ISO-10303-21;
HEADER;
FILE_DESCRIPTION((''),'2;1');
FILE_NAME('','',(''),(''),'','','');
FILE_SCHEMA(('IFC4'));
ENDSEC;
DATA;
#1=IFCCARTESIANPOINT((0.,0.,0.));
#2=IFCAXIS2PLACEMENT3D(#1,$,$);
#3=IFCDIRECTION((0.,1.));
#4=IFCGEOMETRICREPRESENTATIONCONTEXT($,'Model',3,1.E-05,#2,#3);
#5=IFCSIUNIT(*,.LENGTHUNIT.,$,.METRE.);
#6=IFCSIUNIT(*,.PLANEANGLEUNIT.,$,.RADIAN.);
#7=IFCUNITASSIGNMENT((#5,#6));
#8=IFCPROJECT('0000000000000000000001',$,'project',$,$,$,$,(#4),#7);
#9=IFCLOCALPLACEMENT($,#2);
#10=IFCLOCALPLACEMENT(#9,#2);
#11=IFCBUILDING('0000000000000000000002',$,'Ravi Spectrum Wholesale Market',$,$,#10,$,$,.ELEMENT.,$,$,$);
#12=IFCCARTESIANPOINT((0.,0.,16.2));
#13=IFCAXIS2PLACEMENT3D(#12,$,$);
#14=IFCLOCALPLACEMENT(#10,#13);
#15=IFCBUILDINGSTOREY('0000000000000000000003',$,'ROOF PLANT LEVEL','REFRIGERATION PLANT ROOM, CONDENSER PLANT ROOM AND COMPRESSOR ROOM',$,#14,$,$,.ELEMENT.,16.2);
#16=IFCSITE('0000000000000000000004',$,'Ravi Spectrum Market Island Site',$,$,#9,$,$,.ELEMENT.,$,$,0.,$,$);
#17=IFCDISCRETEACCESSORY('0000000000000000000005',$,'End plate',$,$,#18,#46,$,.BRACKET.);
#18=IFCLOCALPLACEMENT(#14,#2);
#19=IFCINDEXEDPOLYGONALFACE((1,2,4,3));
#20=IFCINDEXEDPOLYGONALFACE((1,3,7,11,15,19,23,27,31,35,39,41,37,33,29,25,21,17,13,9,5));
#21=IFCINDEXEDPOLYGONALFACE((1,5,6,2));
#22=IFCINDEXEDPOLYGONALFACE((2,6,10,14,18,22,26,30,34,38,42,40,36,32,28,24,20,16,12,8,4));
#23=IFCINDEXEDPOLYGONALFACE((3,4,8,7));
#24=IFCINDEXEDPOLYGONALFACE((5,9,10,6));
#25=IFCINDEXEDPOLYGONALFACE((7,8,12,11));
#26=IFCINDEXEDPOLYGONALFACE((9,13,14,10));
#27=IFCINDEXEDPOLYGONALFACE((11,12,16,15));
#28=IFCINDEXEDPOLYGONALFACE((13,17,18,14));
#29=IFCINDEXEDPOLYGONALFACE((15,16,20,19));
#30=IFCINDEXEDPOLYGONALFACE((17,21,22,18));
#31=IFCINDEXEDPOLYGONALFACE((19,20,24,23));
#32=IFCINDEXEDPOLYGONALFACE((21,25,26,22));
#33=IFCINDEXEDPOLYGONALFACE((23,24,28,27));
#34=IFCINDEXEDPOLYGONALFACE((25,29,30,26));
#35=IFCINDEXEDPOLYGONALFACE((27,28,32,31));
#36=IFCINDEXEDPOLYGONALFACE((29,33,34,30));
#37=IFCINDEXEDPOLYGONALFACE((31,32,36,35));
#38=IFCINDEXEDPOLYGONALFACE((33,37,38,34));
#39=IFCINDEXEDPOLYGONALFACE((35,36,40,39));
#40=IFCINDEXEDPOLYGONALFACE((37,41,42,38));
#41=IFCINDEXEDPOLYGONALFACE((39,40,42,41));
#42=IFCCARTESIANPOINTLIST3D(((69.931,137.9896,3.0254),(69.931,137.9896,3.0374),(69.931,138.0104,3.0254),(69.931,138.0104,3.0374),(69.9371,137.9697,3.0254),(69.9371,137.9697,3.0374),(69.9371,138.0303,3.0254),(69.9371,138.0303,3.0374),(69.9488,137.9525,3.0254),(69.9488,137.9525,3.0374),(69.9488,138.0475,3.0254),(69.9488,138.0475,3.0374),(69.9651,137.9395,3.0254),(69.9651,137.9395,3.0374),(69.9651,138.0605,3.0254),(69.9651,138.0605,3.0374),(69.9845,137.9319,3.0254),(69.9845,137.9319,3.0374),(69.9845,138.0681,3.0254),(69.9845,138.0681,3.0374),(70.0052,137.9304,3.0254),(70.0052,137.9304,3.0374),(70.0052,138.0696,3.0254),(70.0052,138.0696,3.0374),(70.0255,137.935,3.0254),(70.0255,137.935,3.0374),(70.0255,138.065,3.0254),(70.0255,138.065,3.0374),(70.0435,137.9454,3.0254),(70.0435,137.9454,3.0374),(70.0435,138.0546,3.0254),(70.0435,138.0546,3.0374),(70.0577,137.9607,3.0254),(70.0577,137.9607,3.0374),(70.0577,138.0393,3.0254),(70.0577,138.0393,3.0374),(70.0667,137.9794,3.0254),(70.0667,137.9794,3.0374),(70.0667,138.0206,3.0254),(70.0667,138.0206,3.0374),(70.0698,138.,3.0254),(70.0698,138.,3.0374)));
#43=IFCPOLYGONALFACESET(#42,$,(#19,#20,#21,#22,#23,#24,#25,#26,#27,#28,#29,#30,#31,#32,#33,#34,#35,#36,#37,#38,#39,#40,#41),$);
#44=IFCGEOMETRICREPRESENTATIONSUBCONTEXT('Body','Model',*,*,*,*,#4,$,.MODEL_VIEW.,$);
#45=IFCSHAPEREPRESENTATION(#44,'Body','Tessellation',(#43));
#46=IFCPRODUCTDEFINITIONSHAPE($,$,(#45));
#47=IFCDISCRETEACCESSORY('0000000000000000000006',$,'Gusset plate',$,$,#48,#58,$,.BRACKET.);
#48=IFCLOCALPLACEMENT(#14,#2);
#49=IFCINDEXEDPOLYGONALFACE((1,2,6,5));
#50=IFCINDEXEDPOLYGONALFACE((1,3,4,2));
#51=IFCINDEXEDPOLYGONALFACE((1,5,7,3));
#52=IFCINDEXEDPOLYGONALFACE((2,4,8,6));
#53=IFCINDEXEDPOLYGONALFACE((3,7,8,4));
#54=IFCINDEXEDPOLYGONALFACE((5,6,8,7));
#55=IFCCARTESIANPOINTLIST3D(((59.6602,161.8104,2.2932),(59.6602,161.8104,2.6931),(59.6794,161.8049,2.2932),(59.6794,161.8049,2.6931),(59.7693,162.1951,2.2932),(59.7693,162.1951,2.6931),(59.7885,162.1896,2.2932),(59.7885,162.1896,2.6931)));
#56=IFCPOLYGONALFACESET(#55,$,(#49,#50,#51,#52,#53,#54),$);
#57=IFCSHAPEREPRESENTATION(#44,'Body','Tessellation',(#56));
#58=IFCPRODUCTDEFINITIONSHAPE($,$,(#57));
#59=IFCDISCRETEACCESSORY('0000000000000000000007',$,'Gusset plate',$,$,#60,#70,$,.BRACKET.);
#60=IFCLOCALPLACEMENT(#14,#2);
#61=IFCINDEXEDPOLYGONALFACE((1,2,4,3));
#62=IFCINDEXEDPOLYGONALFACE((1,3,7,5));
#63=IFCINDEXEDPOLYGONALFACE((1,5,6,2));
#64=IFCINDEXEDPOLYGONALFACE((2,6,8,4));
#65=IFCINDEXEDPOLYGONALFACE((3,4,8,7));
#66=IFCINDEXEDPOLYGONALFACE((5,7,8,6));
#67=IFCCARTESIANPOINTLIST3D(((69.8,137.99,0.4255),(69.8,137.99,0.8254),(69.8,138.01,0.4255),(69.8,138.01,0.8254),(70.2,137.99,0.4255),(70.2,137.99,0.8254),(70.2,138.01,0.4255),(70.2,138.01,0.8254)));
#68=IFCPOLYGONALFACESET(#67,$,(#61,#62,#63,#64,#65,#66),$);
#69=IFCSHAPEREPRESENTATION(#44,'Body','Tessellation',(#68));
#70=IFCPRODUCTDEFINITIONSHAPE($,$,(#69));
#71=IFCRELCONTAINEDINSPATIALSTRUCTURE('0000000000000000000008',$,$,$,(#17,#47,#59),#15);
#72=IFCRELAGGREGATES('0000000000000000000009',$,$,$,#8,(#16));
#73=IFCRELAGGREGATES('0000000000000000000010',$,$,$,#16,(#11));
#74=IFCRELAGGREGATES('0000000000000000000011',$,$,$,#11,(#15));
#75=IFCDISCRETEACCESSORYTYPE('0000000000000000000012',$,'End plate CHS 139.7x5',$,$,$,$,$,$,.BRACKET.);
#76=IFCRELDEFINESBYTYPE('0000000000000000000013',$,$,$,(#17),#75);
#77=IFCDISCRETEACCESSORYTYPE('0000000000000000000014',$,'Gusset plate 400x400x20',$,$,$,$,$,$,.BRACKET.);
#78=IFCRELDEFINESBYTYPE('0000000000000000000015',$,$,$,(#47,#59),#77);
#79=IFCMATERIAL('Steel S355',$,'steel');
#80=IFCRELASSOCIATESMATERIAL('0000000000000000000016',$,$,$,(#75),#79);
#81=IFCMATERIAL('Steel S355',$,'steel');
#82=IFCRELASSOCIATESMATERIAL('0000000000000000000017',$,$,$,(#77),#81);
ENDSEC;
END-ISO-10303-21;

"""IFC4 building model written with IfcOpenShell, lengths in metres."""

from ifc_helpers import new_model, si_unit, direction, frame, origin, origin_2d, place, context, subcontext, project, spatial, rectangle, circle, extrude, material, material_profile, profile_set, type_object, element, save


model = new_model("IFC4")

# Units and contexts
model_context = context("Model", 3, precision=1e-05, world=origin(), true_north=direction((0.0, 1.0)))
body_context = subcontext(model_context, "Body", "Model", "MODEL_VIEW")
ifc_project = project(units=[si_unit("LENGTHUNIT", "METRE"), si_unit("PLANEANGLEUNIT", "RADIAN")], contexts=[model_context])

# Site, building, storey
site_placement = place(None, origin())
site = spatial("IfcSite", under=ifc_project, at=site_placement, Name="Ravi Spectrum Market Island Site", CompositionType="ELEMENT", RefElevation=0.0)
building_placement = place(site_placement, origin())
building = spatial("IfcBuilding", under=site, at=building_placement, Name="Ravi Spectrum Wholesale Market", CompositionType="ELEMENT")
storey_placement = place(building_placement, frame((0.0, 0.0, 16.2)))
storey = spatial("IfcBuildingStorey", under=building, at=storey_placement, Name="ROOF PLANT LEVEL", Description="REFRIGERATION PLANT ROOM, CONDENSER PLANT ROOM AND COMPRESSOR ROOM", CompositionType="ELEMENT", Elevation=16.2)

# Discrete accessories
ifc_material_1 = material(Name="Steel S355", Category="steel")
ifc_material_profile_1 = material_profile(ifc_material_1, circle(Radius=0.0698, at=origin_2d()))
ifc_profile_set_1 = profile_set([ifc_material_profile_1], Name="Steel S355")
discrete_accessory_type_1 = type_object("IfcDiscreteAccessoryType", Name="End plate CHS 139.7x5", PredefinedType="BRACKET", material=ifc_profile_set_1)
discrete_accessory_placement = place(storey_placement, frame((70.0, 138.0, 3.0254), z_axis=(0.0, 0.0, 1.0), x_axis=(1.0, 0.0, 0.0)))
element("IfcDiscreteAccessory", 1, at=discrete_accessory_placement, inside=storey, type_object=discrete_accessory_type_1, Name="End plate", PredefinedType="BRACKET", context=body_context, shape_type="SweptSolid", body=[
    extrude(circle(Radius=0.0698, at=origin_2d()), origin(), (0.0, 0.0, 1.0), 0.012),
])
ifc_material_2 = material(Name="Steel S355", Category="steel")
ifc_material_profile_2 = material_profile(ifc_material_2, rectangle(XDim=0.3999, YDim=0.02, at=origin_2d()))
ifc_profile_set_2 = profile_set([ifc_material_profile_2], Name="Steel S355")
discrete_accessory_type_2 = type_object("IfcDiscreteAccessoryType", Name="Gusset plate 400x400x20", PredefinedType="BRACKET", material=ifc_profile_set_2)
for number, where, z_axis, x_axis, name in (
    (2, (59.7244, 162.0, 2.2932), (0.0, 0.0, 1.0), (0.272804, 0.96207, 0.0), "Gusset plate"),
    (3, (70.0, 138.0, 0.4255), (0.0, 0.0, 1.0), (1.0, 0.0, 0.0), "Gusset plate"),
):
    element("IfcDiscreteAccessory", number, at=place(storey_placement, frame(where, z_axis=z_axis, x_axis=x_axis)), inside=storey, type_object=discrete_accessory_type_2, Name=name, PredefinedType="BRACKET", context=body_context, shape_type="SweptSolid", body=[
        extrude(rectangle(XDim=0.3999, YDim=0.02, at=origin_2d()), origin(), (0.0, 0.0, 1.0), 0.3999),
    ])

save(model, "model.ifc")
